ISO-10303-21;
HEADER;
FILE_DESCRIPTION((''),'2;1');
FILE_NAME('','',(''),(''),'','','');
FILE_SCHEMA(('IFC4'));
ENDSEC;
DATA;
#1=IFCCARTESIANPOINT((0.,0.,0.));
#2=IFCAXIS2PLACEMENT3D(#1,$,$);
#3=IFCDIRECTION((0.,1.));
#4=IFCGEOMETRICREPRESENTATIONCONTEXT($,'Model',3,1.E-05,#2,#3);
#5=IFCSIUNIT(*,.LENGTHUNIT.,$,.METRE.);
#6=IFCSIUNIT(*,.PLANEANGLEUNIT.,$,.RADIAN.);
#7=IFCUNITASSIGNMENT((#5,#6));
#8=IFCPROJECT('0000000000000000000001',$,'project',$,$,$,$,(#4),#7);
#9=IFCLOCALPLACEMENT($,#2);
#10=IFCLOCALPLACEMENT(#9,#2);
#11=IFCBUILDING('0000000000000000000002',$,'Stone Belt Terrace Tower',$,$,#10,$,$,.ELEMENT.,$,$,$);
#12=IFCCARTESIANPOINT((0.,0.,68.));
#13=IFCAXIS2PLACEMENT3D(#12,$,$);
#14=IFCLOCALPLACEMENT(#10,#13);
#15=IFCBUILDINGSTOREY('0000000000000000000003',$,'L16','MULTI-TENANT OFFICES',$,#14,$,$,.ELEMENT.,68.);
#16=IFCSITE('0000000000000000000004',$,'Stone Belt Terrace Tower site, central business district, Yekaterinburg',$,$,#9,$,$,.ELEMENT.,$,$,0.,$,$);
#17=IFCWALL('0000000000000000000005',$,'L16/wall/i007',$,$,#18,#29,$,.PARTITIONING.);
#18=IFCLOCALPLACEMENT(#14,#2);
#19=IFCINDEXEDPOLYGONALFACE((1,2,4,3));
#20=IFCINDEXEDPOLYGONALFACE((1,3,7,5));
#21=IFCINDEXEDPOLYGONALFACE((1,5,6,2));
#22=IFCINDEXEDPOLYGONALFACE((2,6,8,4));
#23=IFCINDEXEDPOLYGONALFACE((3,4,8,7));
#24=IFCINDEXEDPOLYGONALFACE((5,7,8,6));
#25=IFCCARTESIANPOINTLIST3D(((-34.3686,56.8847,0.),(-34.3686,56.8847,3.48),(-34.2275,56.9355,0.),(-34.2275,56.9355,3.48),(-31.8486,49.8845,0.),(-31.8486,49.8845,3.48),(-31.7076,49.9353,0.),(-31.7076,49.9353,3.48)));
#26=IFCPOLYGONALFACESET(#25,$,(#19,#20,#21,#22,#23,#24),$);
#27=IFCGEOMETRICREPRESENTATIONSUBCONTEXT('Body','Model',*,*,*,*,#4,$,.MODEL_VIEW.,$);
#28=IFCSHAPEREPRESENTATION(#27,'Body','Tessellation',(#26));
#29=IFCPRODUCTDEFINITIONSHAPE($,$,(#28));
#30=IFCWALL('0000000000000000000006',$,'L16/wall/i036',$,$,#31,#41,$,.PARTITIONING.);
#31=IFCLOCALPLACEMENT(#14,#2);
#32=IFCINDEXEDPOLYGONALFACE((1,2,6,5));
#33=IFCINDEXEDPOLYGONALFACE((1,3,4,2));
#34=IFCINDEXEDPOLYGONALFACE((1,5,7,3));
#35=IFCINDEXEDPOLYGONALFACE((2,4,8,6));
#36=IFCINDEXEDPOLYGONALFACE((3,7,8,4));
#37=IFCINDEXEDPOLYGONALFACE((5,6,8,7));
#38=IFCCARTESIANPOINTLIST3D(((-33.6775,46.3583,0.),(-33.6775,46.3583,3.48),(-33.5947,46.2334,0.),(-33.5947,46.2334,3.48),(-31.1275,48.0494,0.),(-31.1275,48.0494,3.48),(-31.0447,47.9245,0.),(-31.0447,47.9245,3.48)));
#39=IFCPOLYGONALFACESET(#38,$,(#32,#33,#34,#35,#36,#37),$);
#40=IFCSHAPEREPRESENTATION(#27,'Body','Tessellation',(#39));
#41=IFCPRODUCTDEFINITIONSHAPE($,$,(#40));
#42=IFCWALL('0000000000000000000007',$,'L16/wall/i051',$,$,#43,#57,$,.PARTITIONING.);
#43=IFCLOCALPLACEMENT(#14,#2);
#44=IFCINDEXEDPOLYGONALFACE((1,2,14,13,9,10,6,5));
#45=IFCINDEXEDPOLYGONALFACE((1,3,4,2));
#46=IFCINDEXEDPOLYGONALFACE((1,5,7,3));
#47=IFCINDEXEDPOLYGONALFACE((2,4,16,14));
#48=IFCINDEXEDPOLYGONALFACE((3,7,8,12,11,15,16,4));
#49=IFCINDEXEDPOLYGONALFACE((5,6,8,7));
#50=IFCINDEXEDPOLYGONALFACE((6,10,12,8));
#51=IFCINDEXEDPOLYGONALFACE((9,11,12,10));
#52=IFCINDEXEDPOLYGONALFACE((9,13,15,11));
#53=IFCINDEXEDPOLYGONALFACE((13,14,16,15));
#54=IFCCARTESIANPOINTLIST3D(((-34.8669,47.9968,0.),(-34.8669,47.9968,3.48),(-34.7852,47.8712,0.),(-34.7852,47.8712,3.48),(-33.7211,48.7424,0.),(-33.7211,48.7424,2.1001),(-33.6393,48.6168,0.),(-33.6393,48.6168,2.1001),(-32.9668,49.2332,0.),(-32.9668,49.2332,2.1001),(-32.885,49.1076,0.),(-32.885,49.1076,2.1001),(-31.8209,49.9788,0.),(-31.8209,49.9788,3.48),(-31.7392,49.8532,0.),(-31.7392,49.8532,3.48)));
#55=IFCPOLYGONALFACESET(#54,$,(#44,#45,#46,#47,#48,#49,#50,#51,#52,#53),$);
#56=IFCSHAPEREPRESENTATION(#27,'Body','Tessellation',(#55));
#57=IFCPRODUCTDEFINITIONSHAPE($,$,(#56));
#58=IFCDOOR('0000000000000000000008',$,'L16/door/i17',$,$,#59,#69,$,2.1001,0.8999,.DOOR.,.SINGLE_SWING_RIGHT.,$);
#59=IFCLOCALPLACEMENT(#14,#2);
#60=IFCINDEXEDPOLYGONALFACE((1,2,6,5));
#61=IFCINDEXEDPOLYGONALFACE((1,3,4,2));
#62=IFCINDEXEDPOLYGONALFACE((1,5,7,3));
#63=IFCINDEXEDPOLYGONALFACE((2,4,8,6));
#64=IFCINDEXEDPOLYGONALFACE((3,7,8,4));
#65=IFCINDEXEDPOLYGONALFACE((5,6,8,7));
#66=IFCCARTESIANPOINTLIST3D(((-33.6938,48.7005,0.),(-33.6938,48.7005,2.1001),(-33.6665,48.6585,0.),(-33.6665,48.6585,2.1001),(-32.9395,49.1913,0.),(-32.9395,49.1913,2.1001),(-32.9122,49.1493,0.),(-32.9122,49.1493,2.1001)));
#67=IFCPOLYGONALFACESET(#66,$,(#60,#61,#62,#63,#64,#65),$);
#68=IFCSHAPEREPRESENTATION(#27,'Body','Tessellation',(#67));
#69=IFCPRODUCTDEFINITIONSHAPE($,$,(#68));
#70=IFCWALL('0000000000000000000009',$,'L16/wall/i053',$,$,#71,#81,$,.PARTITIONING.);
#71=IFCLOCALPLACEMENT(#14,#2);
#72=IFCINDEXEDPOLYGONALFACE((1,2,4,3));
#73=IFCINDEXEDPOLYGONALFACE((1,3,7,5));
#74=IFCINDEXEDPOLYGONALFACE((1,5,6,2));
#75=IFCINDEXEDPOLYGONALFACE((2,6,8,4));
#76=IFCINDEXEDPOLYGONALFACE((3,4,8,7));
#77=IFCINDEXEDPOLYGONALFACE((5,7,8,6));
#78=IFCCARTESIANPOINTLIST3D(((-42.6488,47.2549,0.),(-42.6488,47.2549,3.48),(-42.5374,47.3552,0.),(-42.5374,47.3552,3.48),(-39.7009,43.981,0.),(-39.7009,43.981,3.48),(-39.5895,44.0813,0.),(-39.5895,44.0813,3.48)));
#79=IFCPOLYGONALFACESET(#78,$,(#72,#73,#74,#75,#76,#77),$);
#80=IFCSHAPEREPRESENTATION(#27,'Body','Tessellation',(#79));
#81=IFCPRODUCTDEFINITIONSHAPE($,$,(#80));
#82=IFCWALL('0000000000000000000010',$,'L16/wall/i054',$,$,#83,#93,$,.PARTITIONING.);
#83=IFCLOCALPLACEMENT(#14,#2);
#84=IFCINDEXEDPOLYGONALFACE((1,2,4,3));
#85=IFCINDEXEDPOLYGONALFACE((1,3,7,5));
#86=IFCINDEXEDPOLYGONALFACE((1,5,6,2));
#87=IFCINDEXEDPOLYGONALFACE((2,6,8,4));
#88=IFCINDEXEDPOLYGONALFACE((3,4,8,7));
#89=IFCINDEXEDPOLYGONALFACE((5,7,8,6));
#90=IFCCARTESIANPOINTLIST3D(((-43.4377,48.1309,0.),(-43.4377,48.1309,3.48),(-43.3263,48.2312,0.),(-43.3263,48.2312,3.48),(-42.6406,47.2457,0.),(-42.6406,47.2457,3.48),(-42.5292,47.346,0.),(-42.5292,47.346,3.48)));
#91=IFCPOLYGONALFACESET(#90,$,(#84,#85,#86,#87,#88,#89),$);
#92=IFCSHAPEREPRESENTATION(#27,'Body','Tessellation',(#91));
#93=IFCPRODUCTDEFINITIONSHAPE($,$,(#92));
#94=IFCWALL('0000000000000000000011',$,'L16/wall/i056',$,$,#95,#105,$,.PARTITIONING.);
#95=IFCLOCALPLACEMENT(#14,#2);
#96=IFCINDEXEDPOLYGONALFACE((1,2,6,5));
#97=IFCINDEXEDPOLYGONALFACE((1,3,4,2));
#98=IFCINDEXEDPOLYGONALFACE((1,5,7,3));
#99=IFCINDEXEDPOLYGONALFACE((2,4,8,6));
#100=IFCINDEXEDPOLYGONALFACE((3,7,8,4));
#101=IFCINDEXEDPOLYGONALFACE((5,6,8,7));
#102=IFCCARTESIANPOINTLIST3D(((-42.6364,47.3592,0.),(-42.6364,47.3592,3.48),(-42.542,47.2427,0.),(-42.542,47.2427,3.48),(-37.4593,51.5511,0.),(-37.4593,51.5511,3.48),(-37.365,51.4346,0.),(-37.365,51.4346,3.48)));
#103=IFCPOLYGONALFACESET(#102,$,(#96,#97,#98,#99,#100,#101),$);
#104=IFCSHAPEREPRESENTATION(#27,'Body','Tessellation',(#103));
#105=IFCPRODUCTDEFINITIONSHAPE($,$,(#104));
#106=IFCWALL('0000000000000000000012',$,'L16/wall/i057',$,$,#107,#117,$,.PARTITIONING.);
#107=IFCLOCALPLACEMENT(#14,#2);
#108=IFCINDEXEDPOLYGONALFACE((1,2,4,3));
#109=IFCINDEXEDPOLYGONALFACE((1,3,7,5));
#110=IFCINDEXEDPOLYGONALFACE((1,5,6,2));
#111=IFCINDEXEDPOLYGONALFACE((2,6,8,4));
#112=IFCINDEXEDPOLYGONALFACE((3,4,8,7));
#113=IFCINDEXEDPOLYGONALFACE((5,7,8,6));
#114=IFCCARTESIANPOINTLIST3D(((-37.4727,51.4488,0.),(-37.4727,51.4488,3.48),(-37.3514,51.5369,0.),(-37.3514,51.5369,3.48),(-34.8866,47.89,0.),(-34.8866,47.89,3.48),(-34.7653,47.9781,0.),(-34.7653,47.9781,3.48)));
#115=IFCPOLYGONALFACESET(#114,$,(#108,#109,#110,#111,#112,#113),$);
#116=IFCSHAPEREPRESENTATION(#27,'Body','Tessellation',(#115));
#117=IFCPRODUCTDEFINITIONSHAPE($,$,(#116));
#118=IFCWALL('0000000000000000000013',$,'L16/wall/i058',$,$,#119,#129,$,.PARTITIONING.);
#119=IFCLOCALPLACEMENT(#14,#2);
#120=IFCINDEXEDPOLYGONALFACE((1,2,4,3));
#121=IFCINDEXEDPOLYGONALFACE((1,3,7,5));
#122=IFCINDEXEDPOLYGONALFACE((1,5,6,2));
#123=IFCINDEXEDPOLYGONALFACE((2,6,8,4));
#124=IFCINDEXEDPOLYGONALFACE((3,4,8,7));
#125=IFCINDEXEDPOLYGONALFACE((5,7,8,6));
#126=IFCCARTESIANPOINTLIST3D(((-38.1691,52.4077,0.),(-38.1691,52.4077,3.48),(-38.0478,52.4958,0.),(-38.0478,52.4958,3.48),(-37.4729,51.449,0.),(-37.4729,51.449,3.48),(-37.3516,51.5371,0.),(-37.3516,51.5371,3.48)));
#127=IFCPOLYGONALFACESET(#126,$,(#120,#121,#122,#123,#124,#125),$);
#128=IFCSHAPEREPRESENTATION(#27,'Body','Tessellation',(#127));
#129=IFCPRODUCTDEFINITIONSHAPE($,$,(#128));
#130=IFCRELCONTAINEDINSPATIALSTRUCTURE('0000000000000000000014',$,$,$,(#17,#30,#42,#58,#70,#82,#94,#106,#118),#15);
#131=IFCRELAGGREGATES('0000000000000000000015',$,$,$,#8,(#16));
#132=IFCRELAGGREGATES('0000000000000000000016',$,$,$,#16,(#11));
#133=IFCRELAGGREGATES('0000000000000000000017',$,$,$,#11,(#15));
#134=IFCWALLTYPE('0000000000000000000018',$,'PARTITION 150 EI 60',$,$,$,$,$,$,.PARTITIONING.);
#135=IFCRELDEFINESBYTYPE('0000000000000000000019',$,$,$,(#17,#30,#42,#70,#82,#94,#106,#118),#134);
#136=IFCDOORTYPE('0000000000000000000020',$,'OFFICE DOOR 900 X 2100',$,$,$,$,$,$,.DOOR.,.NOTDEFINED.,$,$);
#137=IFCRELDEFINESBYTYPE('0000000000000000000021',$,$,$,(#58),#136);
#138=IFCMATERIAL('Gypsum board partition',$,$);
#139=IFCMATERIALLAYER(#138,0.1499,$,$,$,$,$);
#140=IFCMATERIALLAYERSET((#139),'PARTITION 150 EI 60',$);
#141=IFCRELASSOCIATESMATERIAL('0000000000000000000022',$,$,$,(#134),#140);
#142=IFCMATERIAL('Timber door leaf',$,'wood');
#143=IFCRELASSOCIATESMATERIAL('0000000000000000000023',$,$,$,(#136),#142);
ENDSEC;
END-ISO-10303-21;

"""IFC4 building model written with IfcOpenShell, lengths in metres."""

from ifc_helpers import new_model, si_unit, direction, frame, frame_2d, origin, place, context, subcontext, project, spatial, rectangle, extrude, material, layer, layer_set, type_object, element, fill, save


model = new_model("IFC4")

# Units and contexts
model_context = context("Model", 3, precision=1e-05, world=origin(), true_north=direction((0.0, 1.0)))
body_context = subcontext(model_context, "Body", "Model", "MODEL_VIEW")
ifc_project = project(units=[si_unit("LENGTHUNIT", "METRE"), si_unit("PLANEANGLEUNIT", "RADIAN")], contexts=[model_context])

# Site, building, storey
site_placement = place(None, origin())
site = spatial("IfcSite", under=ifc_project, at=site_placement, Name="Stone Belt Terrace Tower site, central business district, Yekaterinburg", CompositionType="ELEMENT", RefElevation=0.0)
building_placement = place(site_placement, origin())
building = spatial("IfcBuilding", under=site, at=building_placement, Name="Stone Belt Terrace Tower", CompositionType="ELEMENT")
storey_placement = place(building_placement, frame((0.0, 0.0, 68.0)))
storey = spatial("IfcBuildingStorey", under=building, at=storey_placement, Name="L16", Description="MULTI-TENANT OFFICES", CompositionType="ELEMENT", Elevation=68.0)

# Shared definitions
ifc_material_1 = material(Name="Gypsum board partition")
ifc_layer_1 = layer(ifc_material_1, 0.1499)
ifc_layer_set_1 = layer_set([ifc_layer_1], Name="PARTITION 150 EI 60")
wall_type = type_object("IfcWallType", Name="PARTITION 150 EI 60", PredefinedType="PARTITIONING", material=ifc_layer_set_1)

# Shared definitions
ifc_material_2 = material(Name="Timber door leaf", Category="wood")
door_type = type_object("IfcDoorType", Name="OFFICE DOOR 900 X 2100", OperationType="NOTDEFINED", PredefinedType="DOOR", material=ifc_material_2)

# Walls
wall_1_placement = place(storey_placement, frame((-31.7781, 49.9099, 0.0), z_axis=(0.0, 0.0, 1.0), x_axis=(-0.338711, 0.94089, 0.0)))
element("IfcWall", 1, at=wall_1_placement, inside=storey, type_object=wall_type, Name="L16/wall/i007", PredefinedType="PARTITIONING", context=body_context, shape_type="SweptSolid", body=[
    extrude(rectangle(XDim=7.4399, YDim=0.1499, at=frame_2d((3.72, 0.0))), origin(), (0.0, 0.0, 1.0), 3.48),
])
wall_2_placement = place(storey_placement, frame((-33.636, 46.2959, 0.0), z_axis=(0.0, 0.0, 1.0), x_axis=(0.833386, 0.552692, 0.0)))
element("IfcWall", 2, at=wall_2_placement, inside=storey, type_object=wall_type, Name="L16/wall/i036", PredefinedType="PARTITIONING", context=body_context, shape_type="SweptSolid", body=[
    extrude(rectangle(XDim=3.0598, YDim=0.1499, at=frame_2d((1.5298, 0.0))), origin(), (0.0, 0.0, 1.0), 3.48),
])

# Wall, opening, door
wall_3_placement = place(storey_placement, frame((-34.8259, 47.9341, 0.0), z_axis=(0.0, 0.0, 1.0), x_axis=(0.83818, 0.545394, 0.0)))
wall_3 = element("IfcWall", 3, at=wall_3_placement, inside=storey, type_object=wall_type, Name="L16/wall/i051", PredefinedType="PARTITIONING", context=body_context, shape_type="SweptSolid", body=[
    extrude(rectangle(XDim=3.634, YDim=0.1499, at=frame_2d((1.8169, 0.0))), origin(), (0.0, 0.0, 1.0), 3.48),
])
opening_1_placement = place(wall_3_placement, frame((1.3669, 0.0, 0.0)))
opening_1 = element("IfcOpeningElement", 4, at=opening_1_placement, cuts=wall_3, PredefinedType="OPENING", context=body_context, shape_type="SweptSolid", body=[
    extrude(rectangle(XDim=0.8999, YDim=2.1001, at=frame_2d((0.45, 1.05))), frame((0.0, 0.085, 0.0), z_axis=(0.0, -1.0, 0.0), x_axis=(1.0, 0.0, 0.0)), (0.0, 0.0, 1.0), 0.1699),
])
door_1_placement = place(opening_1_placement, origin())
door_1 = element("IfcDoor", 5, at=door_1_placement, inside=storey, type_object=door_type, Name="L16/door/i17", OperationType="SINGLE_SWING_RIGHT", OverallHeight=2.1001, OverallWidth=0.8999, PredefinedType="DOOR", context=body_context, shape_type="SweptSolid", body=[
    extrude(rectangle(XDim=0.8999, YDim=2.1001, at=frame_2d((0.45, 1.05))), frame((0.0, 0.0249, 0.0), z_axis=(0.0, -1.0, 0.0), x_axis=(1.0, 0.0, 0.0)), (0.0, 0.0, 1.0), 0.05),
])
fill(opening_1, door_1)

# Walls
wall_4_placement = place(storey_placement, frame((-42.593, 47.3049, 0.0), z_axis=(0.0, 0.0, 1.0), x_axis=(0.669148, -0.743129, 0.0)))
element("IfcWall", 6, at=wall_4_placement, inside=storey, type_object=wall_type, Name="L16/wall/i053", PredefinedType="PARTITIONING", context=body_context, shape_type="SweptSolid", body=[
    extrude(rectangle(XDim=4.4055, YDim=0.1499, at=frame_2d((2.2026, 0.0))), origin(), (0.0, 0.0, 1.0), 3.48),
])
wall_5_placement = place(storey_placement, frame((-43.3821, 48.1812, 0.0), z_axis=(0.0, 0.0, 1.0), x_axis=(0.669146, -0.743131, 0.0)))
element("IfcWall", 7, at=wall_5_placement, inside=storey, type_object=wall_type, Name="L16/wall/i054", PredefinedType="PARTITIONING", context=body_context, shape_type="SweptSolid", body=[
    extrude(rectangle(XDim=1.1912, YDim=0.1499, at=frame_2d((0.5957, 0.0))), origin(), (0.0, 0.0, 1.0), 3.48),
])
wall_6_placement = place(storey_placement, frame((-42.5891, 47.301, 0.0), z_axis=(0.0, 0.0, 1.0), x_axis=(0.777172, 0.629288, 0.0)))
element("IfcWall", 8, at=wall_6_placement, inside=storey, type_object=wall_type, Name="L16/wall/i056", PredefinedType="PARTITIONING", context=body_context, shape_type="SweptSolid", body=[
    extrude(rectangle(XDim=6.6614, YDim=0.1499, at=frame_2d((3.3306, 0.0))), origin(), (0.0, 0.0, 1.0), 3.48),
])
wall_7_placement = place(storey_placement, frame((-37.4121, 51.4929, 0.0), z_axis=(0.0, 0.0, 1.0), x_axis=(0.587865, -0.808959, 0.0)))
element("IfcWall", 9, at=wall_7_placement, inside=storey, type_object=wall_type, Name="L16/wall/i057", PredefinedType="PARTITIONING", context=body_context, shape_type="SweptSolid", body=[
    extrude(rectangle(XDim=4.3992, YDim=0.1499, at=frame_2d((2.1997, 0.0))), origin(), (0.0, 0.0, 1.0), 3.48),
])
wall_8_placement = place(storey_placement, frame((-38.1084, 52.4517, 0.0), z_axis=(0.0, 0.0, 1.0), x_axis=(0.587633, -0.809128, 0.0)))
element("IfcWall", 10, at=wall_8_placement, inside=storey, type_object=wall_type, Name="L16/wall/i058", PredefinedType="PARTITIONING", context=body_context, shape_type="SweptSolid", body=[
    extrude(rectangle(XDim=1.1848, YDim=0.1499, at=frame_2d((0.5923, 0.0))), origin(), (0.0, 0.0, 1.0), 3.48),
])

save(model, "model.ifc")
